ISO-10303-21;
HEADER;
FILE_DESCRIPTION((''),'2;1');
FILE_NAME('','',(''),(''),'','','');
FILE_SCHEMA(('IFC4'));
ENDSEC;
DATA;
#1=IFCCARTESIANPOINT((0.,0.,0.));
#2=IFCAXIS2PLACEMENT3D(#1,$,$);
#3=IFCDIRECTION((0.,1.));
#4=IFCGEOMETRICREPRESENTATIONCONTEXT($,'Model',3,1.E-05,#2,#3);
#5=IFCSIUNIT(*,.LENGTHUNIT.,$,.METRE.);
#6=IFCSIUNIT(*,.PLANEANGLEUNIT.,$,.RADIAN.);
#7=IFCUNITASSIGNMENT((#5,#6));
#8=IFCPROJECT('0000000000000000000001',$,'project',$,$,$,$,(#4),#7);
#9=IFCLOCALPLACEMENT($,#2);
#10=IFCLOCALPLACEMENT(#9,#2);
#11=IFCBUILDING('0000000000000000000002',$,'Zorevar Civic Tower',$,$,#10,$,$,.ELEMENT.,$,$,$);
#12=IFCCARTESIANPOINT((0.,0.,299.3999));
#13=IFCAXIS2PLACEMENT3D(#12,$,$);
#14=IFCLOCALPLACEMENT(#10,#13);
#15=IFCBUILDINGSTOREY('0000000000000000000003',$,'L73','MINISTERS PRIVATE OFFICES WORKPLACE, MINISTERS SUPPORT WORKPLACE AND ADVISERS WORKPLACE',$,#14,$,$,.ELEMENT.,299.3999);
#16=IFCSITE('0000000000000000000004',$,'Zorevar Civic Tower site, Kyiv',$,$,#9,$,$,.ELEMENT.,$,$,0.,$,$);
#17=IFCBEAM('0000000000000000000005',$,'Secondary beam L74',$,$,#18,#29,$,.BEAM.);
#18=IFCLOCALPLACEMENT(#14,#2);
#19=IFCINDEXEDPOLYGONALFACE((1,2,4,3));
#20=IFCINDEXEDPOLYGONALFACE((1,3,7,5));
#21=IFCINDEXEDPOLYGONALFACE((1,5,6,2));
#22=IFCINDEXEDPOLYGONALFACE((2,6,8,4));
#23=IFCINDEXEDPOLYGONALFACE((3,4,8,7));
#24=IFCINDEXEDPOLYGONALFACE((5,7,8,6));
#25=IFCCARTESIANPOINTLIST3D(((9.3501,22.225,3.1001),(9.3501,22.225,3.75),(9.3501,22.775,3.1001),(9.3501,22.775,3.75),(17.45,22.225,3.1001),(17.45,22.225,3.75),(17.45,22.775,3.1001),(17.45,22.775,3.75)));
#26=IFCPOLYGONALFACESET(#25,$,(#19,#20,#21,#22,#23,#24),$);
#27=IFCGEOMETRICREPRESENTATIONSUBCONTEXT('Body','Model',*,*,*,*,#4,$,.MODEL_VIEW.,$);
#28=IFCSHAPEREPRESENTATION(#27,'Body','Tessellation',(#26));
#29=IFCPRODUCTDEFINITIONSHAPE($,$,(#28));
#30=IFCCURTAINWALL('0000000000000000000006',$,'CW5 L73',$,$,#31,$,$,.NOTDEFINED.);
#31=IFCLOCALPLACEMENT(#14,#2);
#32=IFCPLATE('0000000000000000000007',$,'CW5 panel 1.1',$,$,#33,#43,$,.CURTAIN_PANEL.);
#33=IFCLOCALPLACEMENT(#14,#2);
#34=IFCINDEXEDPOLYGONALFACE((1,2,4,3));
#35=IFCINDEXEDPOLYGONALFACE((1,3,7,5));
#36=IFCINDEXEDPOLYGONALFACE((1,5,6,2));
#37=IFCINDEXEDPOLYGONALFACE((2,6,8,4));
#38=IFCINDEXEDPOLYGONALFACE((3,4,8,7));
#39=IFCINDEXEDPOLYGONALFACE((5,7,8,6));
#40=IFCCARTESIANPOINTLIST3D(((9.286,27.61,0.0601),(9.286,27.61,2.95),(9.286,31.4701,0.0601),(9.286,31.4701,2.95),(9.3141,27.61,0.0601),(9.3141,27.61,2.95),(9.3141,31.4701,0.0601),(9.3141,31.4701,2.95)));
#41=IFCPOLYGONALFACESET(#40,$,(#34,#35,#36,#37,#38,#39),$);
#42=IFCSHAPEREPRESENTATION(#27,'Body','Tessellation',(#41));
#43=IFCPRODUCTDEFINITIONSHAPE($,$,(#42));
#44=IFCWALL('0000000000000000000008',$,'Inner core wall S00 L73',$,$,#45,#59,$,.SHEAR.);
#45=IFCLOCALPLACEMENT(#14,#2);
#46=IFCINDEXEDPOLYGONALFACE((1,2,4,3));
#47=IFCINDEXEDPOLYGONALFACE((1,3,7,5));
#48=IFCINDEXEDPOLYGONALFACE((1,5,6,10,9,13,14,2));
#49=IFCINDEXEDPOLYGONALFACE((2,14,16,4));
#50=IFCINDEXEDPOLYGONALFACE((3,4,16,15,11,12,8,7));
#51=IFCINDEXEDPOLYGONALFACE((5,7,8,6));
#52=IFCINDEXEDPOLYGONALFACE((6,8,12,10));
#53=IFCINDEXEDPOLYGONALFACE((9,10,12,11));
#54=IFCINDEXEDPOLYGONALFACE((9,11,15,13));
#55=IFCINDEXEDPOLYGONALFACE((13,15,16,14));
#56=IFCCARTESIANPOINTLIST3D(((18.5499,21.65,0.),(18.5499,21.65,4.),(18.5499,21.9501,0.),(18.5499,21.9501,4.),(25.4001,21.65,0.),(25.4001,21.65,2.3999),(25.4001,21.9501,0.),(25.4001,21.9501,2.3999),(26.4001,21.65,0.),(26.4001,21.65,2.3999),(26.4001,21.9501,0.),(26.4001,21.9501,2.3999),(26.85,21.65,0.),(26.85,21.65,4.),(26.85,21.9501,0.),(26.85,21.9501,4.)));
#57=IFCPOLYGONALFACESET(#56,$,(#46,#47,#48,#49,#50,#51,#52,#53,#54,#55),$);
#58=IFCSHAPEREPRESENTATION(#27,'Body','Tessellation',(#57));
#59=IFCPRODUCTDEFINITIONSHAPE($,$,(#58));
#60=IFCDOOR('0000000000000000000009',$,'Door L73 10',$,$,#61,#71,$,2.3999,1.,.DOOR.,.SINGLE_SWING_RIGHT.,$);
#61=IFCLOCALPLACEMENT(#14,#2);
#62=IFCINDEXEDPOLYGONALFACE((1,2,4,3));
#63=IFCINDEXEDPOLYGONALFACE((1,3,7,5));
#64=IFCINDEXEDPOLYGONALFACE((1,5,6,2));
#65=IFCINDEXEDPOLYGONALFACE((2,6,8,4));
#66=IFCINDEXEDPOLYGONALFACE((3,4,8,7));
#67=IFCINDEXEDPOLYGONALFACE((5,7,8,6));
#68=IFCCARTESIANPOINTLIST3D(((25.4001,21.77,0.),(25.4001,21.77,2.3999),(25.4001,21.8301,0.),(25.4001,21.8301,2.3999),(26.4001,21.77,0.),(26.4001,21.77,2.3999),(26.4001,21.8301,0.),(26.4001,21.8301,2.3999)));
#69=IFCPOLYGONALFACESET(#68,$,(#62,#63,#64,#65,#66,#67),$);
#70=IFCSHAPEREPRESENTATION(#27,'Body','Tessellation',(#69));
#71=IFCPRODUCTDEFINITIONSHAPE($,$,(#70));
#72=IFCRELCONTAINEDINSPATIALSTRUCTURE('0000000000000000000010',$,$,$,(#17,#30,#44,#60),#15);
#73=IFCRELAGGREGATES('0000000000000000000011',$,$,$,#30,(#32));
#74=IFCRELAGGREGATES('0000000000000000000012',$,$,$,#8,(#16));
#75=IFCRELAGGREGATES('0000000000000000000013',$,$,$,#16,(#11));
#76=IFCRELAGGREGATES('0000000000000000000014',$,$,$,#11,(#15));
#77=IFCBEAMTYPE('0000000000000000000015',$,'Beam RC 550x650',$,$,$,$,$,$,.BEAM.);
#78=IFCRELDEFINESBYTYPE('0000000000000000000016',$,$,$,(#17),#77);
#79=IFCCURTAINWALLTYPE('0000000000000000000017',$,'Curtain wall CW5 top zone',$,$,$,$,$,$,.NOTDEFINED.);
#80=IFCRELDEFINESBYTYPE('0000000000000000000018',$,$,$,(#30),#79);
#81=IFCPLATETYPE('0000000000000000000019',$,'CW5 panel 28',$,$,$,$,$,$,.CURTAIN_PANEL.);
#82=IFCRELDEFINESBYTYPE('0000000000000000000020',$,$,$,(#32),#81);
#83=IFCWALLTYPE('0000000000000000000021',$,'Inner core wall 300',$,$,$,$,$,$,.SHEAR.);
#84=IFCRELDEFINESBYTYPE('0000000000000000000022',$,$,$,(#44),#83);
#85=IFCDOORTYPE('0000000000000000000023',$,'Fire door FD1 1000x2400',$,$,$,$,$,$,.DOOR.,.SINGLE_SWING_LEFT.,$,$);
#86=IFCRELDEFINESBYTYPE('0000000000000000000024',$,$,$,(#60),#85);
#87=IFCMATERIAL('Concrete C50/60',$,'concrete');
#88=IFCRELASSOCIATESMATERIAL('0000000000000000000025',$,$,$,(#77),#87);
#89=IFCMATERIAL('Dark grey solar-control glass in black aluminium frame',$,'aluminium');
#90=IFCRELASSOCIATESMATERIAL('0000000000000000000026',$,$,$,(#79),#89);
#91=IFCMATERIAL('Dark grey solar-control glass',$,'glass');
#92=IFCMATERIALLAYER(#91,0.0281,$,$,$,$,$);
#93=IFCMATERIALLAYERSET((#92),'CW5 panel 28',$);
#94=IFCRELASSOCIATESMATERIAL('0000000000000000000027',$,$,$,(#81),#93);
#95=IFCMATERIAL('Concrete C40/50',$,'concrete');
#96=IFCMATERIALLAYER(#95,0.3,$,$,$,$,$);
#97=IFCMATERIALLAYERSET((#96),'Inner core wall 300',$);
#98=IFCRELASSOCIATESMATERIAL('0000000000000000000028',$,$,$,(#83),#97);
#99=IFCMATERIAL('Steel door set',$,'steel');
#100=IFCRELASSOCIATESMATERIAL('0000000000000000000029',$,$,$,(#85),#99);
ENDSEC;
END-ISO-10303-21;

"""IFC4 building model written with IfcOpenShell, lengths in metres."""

from ifc_helpers import new_model, si_unit, direction, frame, frame_2d, origin, origin_2d, place, context, subcontext, project, spatial, rectangle, extrude, material, layer, layer_set, material_profile, profile_set, type_object, element, fill, aggregate, save


model = new_model("IFC4")

# Units and contexts
model_context = context("Model", 3, precision=1e-05, world=origin(), true_north=direction((0.0, 1.0)))
body_context = subcontext(model_context, "Body", "Model", "MODEL_VIEW")
ifc_project = project(units=[si_unit("LENGTHUNIT", "METRE"), si_unit("PLANEANGLEUNIT", "RADIAN")], contexts=[model_context])

# Site, building, storey
site_placement = place(None, origin())
site = spatial("IfcSite", under=ifc_project, at=site_placement, Name="Zorevar Civic Tower site, Kyiv", CompositionType="ELEMENT", RefElevation=0.0)
building_placement = place(site_placement, origin())
building = spatial("IfcBuilding", under=site, at=building_placement, Name="Zorevar Civic Tower", CompositionType="ELEMENT")
storey_placement = place(building_placement, frame((0.0, 0.0, 299.3999)))
storey = spatial("IfcBuildingStorey", under=building, at=storey_placement, Name="L73", Description="MINISTERS PRIVATE OFFICES WORKPLACE, MINISTERS SUPPORT WORKPLACE AND ADVISERS WORKPLACE", CompositionType="ELEMENT", Elevation=299.3999)

# Beam
ifc_material_1 = material(Name="Concrete C50/60", Category="concrete")
ifc_material_profile = material_profile(ifc_material_1, rectangle(XDim=0.55, YDim=0.6499, at=origin_2d()), Name="RC 550x650")
ifc_profile_set = profile_set([ifc_material_profile], Name="Concrete C50/60")
beam_type = type_object("IfcBeamType", Name="Beam RC 550x650", PredefinedType="BEAM", material=ifc_profile_set)
beam_placement = place(storey_placement, frame((9.3501, 22.5, 3.425), z_axis=(1.0, 0.0, 0.0), x_axis=(0.0, 1.0, 0.0)))
element("IfcBeam", 1, at=beam_placement, inside=storey, type_object=beam_type, Name="Secondary beam L74", PredefinedType="BEAM", context=body_context, shape_type="SweptSolid", body=[
    extrude(rectangle(XDim=0.55, YDim=0.6499, at=origin_2d()), origin(), (0.0, 0.0, 1.0), 8.0999),
])

# Curtain wall, plate
ifc_material_2 = material(Name="Dark grey solar-control glass in black aluminium frame", Category="aluminium")
curtain_wall_type = type_object("IfcCurtainWallType", Name="Curtain wall CW5 top zone", PredefinedType="NOTDEFINED", material=ifc_material_2)
curtain_wall_placement = place(storey_placement, origin())
curtain_wall = element("IfcCurtainWall", 2, at=curtain_wall_placement, inside=storey, type_object=curtain_wall_type, Name="CW5 L73", PredefinedType="NOTDEFINED")
ifc_material_3 = material(Name="Dark grey solar-control glass", Category="glass")
ifc_layer_1 = layer(ifc_material_3, 0.0281)
ifc_layer_set_1 = layer_set([ifc_layer_1], Name="CW5 panel 28")
plate_type = type_object("IfcPlateType", Name="CW5 panel 28", PredefinedType="CURTAIN_PANEL", material=ifc_layer_set_1)
plate_placement = place(storey_placement, frame((9.3, 29.54, 0.0601), z_axis=(0.0, 0.0, 1.0), x_axis=(0.0, 1.0, 0.0)))
plate = element("IfcPlate", 3, at=plate_placement, type_object=plate_type, Name="CW5 panel 1.1", PredefinedType="CURTAIN_PANEL", context=body_context, shape_type="SweptSolid", body=[
    extrude(rectangle(XDim=3.8601, YDim=0.0281, at=origin_2d()), origin(), (0.0, 0.0, 1.0), 2.8899),
])
aggregate(curtain_wall, [plate])

# Wall, opening, door
ifc_material_4 = material(Name="Concrete C40/50", Category="concrete")
ifc_layer_2 = layer(ifc_material_4, 0.3)
ifc_layer_set_2 = layer_set([ifc_layer_2], Name="Inner core wall 300")
wall_type = type_object("IfcWallType", Name="Inner core wall 300", PredefinedType="SHEAR", material=ifc_layer_set_2)
wall_1_placement = place(storey_placement, frame((18.55, 21.8, 0.0), z_axis=(0.0, 0.0, 1.0), x_axis=(1.0, 0.0, 0.0)))
wall_1 = element("IfcWall", 4, at=wall_1_placement, inside=storey, type_object=wall_type, Name="Inner core wall S00 L73", PredefinedType="SHEAR", context=body_context, shape_type="SweptSolid", body=[
    extrude(rectangle(XDim=8.3, YDim=0.3, at=frame_2d((4.1499, 0.0))), origin(), (0.0, 0.0, 1.0), 4.0),
])
opening_1_placement = place(wall_1_placement, frame((6.8501, 0.0, 0.0)))
opening_1 = element("IfcOpeningElement", 5, at=opening_1_placement, cuts=wall_1, PredefinedType="OPENING", context=body_context, shape_type="SweptSolid", body=[
    extrude(rectangle(XDim=1.0, YDim=2.3999, at=frame_2d((0.5, 1.2))), frame((0.0, 0.1599, 0.0), z_axis=(0.0, -1.0, 0.0), x_axis=(1.0, 0.0, 0.0)), (0.0, 0.0, 1.0), 0.3201),
])
ifc_material_5 = material(Name="Steel door set", Category="steel")
door_type_1 = type_object("IfcDoorType", Name="Fire door FD1 1000x2400", OperationType="SINGLE_SWING_LEFT", PredefinedType="DOOR", material=ifc_material_5)
door_1_placement = place(opening_1_placement, origin())
door_1 = element("IfcDoor", 6, at=door_1_placement, inside=storey, type_object=door_type_1, Name="Door L73 10", OperationType="SINGLE_SWING_RIGHT", OverallHeight=2.3999, OverallWidth=1.0, PredefinedType="DOOR", context=body_context, shape_type="SweptSolid", body=[
    extrude(rectangle(XDim=1.0, YDim=2.3999, at=frame_2d((0.5, 1.2))), frame((0.0, 0.03, 0.0), z_axis=(0.0, -1.0, 0.0), x_axis=(1.0, 0.0, 0.0)), (0.0, 0.0, 1.0), 0.0601),
])
fill(opening_1, door_1)

save(model, "model.ifc")
